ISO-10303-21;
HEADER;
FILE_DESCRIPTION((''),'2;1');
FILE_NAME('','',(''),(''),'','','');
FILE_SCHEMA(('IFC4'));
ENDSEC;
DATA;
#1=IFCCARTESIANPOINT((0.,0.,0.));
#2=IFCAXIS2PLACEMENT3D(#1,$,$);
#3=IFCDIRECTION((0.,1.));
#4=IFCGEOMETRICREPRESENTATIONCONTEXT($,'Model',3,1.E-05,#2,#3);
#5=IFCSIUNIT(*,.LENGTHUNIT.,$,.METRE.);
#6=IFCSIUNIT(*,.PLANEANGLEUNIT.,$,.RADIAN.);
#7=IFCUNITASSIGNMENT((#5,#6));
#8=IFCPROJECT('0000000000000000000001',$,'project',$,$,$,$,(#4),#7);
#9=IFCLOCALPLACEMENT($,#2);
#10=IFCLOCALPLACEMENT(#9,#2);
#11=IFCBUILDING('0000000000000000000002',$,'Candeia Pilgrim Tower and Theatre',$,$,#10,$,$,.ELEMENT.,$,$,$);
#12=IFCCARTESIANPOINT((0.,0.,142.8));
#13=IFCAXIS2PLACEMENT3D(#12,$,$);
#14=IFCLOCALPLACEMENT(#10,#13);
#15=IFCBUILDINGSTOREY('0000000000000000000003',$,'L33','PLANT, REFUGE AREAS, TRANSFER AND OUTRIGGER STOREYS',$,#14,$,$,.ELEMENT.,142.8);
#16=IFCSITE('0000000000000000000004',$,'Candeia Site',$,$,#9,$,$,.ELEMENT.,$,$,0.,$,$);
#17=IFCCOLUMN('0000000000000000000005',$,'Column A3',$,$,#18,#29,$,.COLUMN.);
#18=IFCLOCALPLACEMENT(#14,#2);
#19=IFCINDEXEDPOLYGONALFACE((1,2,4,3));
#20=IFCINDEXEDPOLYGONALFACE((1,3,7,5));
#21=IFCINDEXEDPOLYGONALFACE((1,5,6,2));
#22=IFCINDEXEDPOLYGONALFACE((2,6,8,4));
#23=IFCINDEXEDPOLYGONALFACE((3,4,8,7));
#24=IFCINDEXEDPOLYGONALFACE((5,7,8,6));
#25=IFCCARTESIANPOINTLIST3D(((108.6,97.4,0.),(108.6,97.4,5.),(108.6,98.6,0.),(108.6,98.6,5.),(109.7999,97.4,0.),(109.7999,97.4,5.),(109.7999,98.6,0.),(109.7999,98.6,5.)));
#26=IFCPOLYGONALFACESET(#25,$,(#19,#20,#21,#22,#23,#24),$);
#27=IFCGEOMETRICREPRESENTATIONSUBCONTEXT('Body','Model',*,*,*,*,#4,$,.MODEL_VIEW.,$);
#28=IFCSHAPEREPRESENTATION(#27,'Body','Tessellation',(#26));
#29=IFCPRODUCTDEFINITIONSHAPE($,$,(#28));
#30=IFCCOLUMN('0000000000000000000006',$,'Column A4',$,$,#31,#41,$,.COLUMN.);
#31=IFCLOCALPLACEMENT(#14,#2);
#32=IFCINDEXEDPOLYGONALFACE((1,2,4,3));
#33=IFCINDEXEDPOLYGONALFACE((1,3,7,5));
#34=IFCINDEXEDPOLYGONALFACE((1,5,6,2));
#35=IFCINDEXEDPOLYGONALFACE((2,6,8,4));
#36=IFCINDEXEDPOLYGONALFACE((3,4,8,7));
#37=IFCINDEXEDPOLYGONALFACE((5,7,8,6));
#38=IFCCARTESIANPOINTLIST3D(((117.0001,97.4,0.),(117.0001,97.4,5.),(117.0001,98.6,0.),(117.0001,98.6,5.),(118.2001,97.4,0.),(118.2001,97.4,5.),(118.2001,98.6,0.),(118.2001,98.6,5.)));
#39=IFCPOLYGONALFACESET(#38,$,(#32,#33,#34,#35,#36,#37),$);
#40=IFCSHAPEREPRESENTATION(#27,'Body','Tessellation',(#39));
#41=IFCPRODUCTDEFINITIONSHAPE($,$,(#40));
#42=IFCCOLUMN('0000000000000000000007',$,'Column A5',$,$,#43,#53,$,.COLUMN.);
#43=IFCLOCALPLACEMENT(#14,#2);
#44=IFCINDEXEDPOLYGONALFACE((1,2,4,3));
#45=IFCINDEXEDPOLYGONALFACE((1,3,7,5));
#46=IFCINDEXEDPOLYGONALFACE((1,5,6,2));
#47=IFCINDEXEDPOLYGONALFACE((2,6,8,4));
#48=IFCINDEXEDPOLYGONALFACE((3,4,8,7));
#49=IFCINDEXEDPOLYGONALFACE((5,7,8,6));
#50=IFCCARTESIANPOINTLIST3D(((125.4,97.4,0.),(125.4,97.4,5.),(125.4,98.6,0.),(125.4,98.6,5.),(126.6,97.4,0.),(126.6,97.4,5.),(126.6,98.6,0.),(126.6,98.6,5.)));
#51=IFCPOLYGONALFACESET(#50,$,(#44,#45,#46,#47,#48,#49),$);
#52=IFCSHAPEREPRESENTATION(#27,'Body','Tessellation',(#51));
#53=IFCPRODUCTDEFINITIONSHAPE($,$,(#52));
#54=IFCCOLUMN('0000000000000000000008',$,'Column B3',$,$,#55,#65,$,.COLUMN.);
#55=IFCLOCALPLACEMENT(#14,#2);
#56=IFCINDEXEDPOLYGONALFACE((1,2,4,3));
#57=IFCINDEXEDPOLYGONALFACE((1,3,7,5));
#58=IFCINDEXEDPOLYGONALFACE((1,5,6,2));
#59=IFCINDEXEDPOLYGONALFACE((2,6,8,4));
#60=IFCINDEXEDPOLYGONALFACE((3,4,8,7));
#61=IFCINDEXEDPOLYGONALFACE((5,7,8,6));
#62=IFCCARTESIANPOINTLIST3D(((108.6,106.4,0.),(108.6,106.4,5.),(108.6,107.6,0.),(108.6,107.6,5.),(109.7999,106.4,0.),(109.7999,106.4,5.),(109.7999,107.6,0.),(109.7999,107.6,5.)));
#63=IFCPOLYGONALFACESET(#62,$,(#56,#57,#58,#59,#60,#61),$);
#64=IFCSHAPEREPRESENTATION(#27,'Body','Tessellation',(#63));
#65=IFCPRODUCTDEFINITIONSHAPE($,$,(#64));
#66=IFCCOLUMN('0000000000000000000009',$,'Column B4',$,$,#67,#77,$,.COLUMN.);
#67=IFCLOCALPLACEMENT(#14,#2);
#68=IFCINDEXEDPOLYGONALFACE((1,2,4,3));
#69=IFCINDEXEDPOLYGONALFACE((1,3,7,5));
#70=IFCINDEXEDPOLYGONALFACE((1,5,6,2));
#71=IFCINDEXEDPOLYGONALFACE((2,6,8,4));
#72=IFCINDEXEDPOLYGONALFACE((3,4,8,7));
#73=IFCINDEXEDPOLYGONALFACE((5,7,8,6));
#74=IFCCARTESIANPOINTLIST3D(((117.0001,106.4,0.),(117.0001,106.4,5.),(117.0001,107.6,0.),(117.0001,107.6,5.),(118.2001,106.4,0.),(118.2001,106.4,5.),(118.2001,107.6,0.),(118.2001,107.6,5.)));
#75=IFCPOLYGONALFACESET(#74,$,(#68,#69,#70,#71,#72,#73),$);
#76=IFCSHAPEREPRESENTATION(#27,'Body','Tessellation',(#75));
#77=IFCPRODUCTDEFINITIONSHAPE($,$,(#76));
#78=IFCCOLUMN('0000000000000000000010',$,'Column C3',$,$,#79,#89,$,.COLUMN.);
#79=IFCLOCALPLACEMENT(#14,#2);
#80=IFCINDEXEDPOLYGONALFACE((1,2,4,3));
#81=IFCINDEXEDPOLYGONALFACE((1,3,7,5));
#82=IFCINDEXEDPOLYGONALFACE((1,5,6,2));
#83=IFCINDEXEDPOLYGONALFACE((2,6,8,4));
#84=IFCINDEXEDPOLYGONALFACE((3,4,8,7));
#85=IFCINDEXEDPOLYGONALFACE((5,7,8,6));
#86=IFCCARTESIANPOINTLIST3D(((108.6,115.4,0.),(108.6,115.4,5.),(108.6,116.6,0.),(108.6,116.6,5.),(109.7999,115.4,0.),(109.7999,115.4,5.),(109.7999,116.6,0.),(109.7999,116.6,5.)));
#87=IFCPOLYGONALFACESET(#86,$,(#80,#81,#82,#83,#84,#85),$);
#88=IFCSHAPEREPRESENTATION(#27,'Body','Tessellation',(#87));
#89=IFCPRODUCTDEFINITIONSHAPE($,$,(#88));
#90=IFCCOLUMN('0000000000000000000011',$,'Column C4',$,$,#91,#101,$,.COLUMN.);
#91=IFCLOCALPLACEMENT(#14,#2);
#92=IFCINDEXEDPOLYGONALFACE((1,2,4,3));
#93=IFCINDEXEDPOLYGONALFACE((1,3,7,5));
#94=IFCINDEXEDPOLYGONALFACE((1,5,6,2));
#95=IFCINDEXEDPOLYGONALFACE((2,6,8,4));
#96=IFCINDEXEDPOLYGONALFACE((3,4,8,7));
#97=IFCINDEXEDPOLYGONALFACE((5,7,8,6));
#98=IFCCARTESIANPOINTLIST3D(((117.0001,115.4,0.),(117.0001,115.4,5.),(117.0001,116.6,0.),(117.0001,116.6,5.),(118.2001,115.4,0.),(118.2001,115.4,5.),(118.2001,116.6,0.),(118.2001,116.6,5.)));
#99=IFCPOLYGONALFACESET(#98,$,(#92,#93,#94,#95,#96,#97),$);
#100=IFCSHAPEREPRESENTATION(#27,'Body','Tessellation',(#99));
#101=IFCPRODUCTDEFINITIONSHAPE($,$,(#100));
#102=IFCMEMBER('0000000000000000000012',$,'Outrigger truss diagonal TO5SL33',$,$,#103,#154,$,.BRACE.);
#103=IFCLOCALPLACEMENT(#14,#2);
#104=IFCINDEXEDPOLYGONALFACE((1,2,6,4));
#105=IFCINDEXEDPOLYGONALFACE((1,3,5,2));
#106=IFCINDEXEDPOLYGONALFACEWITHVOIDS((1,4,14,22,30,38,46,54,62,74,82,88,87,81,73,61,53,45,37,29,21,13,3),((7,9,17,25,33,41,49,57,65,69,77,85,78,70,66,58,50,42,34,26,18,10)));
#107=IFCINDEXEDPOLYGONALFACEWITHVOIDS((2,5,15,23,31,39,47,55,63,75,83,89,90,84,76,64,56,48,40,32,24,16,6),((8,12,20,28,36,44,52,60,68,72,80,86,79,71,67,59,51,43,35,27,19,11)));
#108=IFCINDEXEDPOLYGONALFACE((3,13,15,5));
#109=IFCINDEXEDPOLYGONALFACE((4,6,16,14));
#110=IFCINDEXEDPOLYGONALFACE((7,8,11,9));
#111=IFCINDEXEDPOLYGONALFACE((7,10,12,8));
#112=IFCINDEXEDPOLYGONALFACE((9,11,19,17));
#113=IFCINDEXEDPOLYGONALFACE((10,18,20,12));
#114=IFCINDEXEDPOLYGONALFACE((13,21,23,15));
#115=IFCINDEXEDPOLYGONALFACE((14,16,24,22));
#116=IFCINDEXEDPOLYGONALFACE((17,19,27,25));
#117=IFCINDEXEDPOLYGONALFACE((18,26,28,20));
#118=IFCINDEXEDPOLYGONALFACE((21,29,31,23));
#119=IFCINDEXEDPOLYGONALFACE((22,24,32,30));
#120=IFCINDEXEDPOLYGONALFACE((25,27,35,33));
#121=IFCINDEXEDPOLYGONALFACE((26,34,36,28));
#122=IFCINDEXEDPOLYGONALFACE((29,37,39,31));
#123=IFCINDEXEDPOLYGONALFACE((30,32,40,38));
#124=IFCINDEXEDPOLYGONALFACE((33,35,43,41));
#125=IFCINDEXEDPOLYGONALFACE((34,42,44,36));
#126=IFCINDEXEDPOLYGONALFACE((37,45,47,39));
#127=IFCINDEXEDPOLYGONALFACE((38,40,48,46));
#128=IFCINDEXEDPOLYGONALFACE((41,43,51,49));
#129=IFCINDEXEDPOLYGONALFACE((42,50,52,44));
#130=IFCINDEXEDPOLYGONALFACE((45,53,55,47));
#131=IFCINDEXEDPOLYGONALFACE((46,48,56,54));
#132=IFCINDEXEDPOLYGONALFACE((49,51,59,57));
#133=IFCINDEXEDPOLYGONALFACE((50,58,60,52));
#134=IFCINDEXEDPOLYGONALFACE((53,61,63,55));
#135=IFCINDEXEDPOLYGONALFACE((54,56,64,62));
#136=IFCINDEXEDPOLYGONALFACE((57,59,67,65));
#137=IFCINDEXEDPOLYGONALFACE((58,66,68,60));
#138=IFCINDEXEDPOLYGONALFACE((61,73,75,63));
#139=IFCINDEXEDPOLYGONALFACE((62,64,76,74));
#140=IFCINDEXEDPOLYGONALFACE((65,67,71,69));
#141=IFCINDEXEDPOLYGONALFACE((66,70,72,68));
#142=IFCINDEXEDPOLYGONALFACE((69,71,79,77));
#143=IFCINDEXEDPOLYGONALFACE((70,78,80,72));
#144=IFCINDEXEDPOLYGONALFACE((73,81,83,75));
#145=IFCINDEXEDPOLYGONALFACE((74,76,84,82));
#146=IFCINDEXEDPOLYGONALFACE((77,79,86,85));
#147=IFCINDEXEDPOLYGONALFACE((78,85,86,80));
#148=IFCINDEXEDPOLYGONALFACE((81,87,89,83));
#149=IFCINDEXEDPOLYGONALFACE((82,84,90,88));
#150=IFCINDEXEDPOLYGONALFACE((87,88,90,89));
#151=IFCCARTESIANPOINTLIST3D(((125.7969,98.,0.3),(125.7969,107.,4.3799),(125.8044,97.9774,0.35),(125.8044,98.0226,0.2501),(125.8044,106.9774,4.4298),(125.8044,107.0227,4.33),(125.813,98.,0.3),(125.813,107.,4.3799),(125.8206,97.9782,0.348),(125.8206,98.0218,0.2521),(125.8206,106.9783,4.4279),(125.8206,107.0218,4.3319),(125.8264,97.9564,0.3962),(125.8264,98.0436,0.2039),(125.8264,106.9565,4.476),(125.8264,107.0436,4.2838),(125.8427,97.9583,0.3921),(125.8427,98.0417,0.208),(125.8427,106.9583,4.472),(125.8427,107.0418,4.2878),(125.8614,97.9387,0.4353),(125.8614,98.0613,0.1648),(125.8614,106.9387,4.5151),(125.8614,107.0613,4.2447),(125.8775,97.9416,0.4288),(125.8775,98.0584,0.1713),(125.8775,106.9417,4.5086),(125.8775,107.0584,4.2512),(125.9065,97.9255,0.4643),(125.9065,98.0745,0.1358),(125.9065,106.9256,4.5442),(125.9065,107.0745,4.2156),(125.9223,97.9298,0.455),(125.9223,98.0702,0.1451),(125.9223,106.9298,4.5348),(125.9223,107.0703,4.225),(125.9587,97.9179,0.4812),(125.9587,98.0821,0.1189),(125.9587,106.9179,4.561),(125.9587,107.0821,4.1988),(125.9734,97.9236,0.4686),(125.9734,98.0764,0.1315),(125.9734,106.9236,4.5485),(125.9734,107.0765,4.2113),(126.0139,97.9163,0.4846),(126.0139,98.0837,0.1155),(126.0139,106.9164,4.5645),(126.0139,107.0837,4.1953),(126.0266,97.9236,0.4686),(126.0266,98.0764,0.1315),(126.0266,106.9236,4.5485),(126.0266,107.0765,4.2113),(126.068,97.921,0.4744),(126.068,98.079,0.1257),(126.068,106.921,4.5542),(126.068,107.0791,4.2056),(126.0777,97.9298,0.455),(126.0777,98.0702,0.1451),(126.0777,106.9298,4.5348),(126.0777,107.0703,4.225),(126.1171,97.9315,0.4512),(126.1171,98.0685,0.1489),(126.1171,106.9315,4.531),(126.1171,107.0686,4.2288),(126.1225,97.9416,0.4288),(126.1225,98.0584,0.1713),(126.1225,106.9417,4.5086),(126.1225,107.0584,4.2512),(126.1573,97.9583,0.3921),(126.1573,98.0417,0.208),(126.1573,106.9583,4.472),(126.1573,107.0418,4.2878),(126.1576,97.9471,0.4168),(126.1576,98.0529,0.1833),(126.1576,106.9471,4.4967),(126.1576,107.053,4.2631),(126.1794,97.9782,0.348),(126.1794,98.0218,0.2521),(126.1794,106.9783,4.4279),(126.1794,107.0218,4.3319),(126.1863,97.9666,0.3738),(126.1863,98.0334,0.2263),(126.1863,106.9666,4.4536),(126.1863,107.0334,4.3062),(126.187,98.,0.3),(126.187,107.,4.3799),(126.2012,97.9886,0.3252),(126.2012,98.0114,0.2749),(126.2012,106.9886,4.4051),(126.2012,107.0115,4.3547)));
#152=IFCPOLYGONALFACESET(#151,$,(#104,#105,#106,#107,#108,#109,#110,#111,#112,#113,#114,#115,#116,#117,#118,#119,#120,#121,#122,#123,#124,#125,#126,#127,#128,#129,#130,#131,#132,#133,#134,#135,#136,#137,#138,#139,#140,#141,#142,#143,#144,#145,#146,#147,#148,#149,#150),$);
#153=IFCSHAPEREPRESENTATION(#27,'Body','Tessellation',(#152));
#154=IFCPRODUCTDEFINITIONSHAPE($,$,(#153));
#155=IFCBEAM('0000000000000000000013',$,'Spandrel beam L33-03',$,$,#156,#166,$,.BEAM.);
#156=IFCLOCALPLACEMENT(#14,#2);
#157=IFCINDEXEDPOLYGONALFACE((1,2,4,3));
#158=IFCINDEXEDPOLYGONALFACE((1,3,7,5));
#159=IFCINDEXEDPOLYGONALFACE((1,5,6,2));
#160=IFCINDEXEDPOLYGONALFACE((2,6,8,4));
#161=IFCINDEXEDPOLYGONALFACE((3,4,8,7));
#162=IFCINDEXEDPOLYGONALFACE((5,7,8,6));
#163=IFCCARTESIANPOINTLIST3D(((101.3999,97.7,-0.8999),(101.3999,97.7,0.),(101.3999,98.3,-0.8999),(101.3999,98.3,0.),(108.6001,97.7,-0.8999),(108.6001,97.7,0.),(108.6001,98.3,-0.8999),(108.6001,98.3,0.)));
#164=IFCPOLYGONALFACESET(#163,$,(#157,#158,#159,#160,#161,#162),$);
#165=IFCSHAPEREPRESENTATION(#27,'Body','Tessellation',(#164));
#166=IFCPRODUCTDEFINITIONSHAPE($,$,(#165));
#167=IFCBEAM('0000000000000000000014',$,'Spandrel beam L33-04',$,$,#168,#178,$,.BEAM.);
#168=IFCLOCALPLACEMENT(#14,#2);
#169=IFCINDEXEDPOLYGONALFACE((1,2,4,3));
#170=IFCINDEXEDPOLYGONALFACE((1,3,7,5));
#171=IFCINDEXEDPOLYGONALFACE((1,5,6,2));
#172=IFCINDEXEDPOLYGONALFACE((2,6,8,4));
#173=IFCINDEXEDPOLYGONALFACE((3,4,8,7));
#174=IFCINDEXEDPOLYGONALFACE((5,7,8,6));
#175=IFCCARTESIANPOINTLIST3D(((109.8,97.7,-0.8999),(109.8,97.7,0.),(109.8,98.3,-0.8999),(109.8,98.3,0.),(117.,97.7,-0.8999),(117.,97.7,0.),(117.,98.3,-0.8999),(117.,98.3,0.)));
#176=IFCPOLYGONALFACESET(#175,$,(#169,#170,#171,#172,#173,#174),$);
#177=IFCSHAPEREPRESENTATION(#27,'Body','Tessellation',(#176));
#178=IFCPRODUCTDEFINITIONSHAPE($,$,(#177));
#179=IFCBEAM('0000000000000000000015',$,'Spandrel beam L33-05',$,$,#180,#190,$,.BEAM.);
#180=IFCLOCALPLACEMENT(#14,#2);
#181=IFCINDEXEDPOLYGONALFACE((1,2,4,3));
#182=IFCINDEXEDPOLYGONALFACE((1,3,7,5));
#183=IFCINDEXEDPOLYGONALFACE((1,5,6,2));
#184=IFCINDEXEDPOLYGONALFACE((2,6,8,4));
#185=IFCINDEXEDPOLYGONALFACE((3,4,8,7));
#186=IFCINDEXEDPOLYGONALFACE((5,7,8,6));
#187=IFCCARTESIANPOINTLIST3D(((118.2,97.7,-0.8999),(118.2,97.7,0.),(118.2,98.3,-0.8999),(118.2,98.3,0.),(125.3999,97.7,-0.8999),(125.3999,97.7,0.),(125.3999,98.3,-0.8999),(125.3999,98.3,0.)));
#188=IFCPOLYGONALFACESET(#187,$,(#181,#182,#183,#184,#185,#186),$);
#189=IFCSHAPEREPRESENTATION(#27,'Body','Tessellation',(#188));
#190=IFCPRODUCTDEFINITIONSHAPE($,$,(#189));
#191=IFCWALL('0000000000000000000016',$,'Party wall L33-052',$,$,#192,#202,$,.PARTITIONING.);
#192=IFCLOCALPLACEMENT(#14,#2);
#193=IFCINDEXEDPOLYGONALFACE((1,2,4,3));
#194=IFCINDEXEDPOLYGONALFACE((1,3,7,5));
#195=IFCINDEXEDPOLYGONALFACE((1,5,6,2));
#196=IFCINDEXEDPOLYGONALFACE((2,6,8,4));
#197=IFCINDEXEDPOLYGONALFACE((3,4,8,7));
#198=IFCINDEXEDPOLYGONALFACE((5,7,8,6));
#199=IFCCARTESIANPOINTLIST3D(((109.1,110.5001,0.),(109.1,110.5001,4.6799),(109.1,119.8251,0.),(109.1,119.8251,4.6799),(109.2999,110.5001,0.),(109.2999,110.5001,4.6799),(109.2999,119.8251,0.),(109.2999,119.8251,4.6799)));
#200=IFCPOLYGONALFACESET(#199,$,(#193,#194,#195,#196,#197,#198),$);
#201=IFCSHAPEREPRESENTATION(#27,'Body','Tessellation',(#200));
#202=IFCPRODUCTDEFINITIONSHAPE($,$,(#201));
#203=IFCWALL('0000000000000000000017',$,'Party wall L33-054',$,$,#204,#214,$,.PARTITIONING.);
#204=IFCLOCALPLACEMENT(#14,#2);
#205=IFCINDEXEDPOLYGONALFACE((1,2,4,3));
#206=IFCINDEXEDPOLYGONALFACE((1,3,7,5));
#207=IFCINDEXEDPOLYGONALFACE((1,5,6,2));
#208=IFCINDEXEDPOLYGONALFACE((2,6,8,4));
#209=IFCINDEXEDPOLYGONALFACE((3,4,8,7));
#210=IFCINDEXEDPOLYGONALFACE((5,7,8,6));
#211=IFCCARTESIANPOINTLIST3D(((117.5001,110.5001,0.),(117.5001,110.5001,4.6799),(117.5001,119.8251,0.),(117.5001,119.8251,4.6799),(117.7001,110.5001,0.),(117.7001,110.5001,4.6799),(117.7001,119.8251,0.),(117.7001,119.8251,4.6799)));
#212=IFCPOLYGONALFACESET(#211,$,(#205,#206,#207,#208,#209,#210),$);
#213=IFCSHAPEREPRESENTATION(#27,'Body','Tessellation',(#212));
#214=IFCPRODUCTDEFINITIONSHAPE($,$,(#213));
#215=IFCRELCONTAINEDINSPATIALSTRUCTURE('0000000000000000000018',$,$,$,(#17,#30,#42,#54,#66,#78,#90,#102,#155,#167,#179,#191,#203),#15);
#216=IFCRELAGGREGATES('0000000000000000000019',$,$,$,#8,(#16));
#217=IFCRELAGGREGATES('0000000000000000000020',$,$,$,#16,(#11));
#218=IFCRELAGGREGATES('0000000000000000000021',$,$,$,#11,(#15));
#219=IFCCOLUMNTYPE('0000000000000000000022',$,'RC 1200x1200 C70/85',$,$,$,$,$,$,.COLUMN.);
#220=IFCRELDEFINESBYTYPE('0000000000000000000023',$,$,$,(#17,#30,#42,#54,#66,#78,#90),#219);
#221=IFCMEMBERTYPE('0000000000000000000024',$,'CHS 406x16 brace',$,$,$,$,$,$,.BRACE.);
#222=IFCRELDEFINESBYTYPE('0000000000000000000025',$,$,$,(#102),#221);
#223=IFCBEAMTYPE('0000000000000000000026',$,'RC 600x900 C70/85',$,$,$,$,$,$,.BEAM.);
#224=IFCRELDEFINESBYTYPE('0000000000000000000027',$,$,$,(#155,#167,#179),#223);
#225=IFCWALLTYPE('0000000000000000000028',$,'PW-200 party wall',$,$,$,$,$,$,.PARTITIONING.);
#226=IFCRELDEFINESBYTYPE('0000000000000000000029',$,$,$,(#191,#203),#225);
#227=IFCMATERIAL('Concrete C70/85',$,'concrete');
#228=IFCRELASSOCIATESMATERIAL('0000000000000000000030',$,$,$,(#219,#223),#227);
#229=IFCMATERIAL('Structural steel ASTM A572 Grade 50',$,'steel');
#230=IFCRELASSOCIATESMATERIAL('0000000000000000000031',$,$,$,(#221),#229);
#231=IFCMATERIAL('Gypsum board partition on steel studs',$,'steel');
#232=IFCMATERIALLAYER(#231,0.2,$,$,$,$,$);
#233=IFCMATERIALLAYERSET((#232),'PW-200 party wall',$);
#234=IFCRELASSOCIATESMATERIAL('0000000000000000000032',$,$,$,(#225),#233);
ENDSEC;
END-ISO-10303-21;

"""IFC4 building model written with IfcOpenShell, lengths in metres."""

from ifc_helpers import new_model, si_unit, direction, frame, frame_2d, origin, origin_2d, place, context, subcontext, project, spatial, rectangle, hollow_circle, extrude, material, layer, layer_set, material_profile, profile_set, type_object, element, save


model = new_model("IFC4")

# Units and contexts
model_context = context("Model", 3, precision=1e-05, world=origin(), true_north=direction((0.0, 1.0)))
body_context = subcontext(model_context, "Body", "Model", "MODEL_VIEW")
ifc_project = project(units=[si_unit("LENGTHUNIT", "METRE"), si_unit("PLANEANGLEUNIT", "RADIAN")], contexts=[model_context])

# Site, building, storey
site_placement = place(None, origin())
site = spatial("IfcSite", under=ifc_project, at=site_placement, Name="Candeia Site", CompositionType="ELEMENT", RefElevation=0.0)
building_placement = place(site_placement, origin())
building = spatial("IfcBuilding", under=site, at=building_placement, Name="Candeia Pilgrim Tower and Theatre", CompositionType="ELEMENT")
storey_placement = place(building_placement, frame((0.0, 0.0, 142.8)))
storey = spatial("IfcBuildingStorey", under=building, at=storey_placement, Name="L33", Description="PLANT, REFUGE AREAS, TRANSFER AND OUTRIGGER STOREYS", CompositionType="ELEMENT", Elevation=142.8)

# Columns
ifc_material_1 = material(Name="Concrete C70/85", Category="concrete")
ifc_material_profile_1 = material_profile(ifc_material_1, rectangle(XDim=1.2, YDim=1.2, at=origin_2d()))
ifc_profile_set_1 = profile_set([ifc_material_profile_1], Name="Concrete C70/85")
column_type = type_object("IfcColumnType", Name="RC 1200x1200 C70/85", PredefinedType="COLUMN", material=ifc_profile_set_1)
for number, where, z_axis, x_axis, name in (
    (1, (109.2, 98.0, 0.0), (0.0, 0.0, 1.0), (1.0, 0.0, 0.0), "Column A3"),
    (2, (117.6001, 98.0, 0.0), (0.0, 0.0, 1.0), (1.0, 0.0, 0.0), "Column A4"),
    (3, (126.0, 98.0, 0.0), (0.0, 0.0, 1.0), (1.0, 0.0, 0.0), "Column A5"),
    (4, (109.2, 107.0, 0.0), (0.0, 0.0, 1.0), (1.0, 0.0, 0.0), "Column B3"),
    (5, (117.6001, 107.0, 0.0), (0.0, 0.0, 1.0), (1.0, 0.0, 0.0), "Column B4"),
    (6, (109.2, 116.0, 0.0), (0.0, 0.0, 1.0), (1.0, 0.0, 0.0), "Column C3"),
    (7, (117.6001, 116.0, 0.0), (0.0, 0.0, 1.0), (1.0, 0.0, 0.0), "Column C4"),
):
    element("IfcColumn", number, at=place(storey_placement, frame(where, z_axis=z_axis, x_axis=x_axis)), inside=storey, type_object=column_type, Name=name, PredefinedType="COLUMN", context=body_context, shape_type="SweptSolid", body=[
        extrude(rectangle(XDim=1.2, YDim=1.2, at=origin_2d()), origin(), (0.0, 0.0, 1.0), 5.0),
    ])

# Member
ifc_material_2 = material(Name="Structural steel ASTM A572 Grade 50", Category="steel")
ifc_material_profile_2 = material_profile(ifc_material_2, hollow_circle(Radius=0.2031, WallThickness=0.0161, at=origin_2d()))
ifc_profile_set_2 = profile_set([ifc_material_profile_2], Name="Structural steel ASTM A572 Grade 50")
member_type = type_object("IfcMemberType", Name="CHS 406x16 brace", PredefinedType="BRACE", material=ifc_profile_set_2)
member_placement = place(storey_placement, frame((126.0, 98.0, 0.3), z_axis=(0.0, 0.910788, 0.412874), x_axis=(-1.0, 0.0, 0.0)))
element("IfcMember", 8, at=member_placement, inside=storey, type_object=member_type, Name="Outrigger truss diagonal TO5SL33", PredefinedType="BRACE", context=body_context, shape_type="SweptSolid", body=[
    extrude(hollow_circle(Radius=0.2031, WallThickness=0.0161, at=origin_2d()), origin(), (0.0, 0.0, 1.0), 9.8816),
])

# Beams
ifc_material_profile_3 = material_profile(ifc_material_1, rectangle(XDim=0.6001, YDim=0.8999, at=origin_2d()))
ifc_profile_set_3 = profile_set([ifc_material_profile_3], Name="Concrete C70/85")
beam_type = type_object("IfcBeamType", Name="RC 600x900 C70/85", PredefinedType="BEAM", material=ifc_profile_set_3)
beam_placement = place(storey_placement, frame((101.3999, 98.0, -0.45), z_axis=(1.0, 0.0, 0.0), x_axis=(0.0, 1.0, 0.0)))
element("IfcBeam", 9, at=beam_placement, inside=storey, type_object=beam_type, Name="Spandrel beam L33-03", PredefinedType="BEAM", context=body_context, shape_type="SweptSolid", body=[
    extrude(rectangle(XDim=0.6001, YDim=0.8999, at=origin_2d()), origin(), (0.0, 0.0, 1.0), 7.2002),
])
for number, where, z_axis, x_axis, name in (
    (10, (109.8, 98.0, -0.45), (1.0, 0.0, 0.0), (0.0, 1.0, 0.0), "Spandrel beam L33-04"),
    (11, (118.2, 98.0, -0.45), (1.0, 0.0, 0.0), (0.0, 1.0, 0.0), "Spandrel beam L33-05"),
):
    element("IfcBeam", number, at=place(storey_placement, frame(where, z_axis=z_axis, x_axis=x_axis)), inside=storey, type_object=beam_type, Name=name, PredefinedType="BEAM", context=body_context, shape_type="SweptSolid", body=[
        extrude(rectangle(XDim=0.6001, YDim=0.8999, at=origin_2d()), origin(), (0.0, 0.0, 1.0), 7.2),
    ])

# Walls
ifc_material_3 = material(Name="Gypsum board partition on steel studs", Category="steel")
ifc_layer_1 = layer(ifc_material_3, 0.2)
ifc_layer_set_1 = layer_set([ifc_layer_1], Name="PW-200 party wall")
wall_type = type_object("IfcWallType", Name="PW-200 party wall", PredefinedType="PARTITIONING", material=ifc_layer_set_1)
for number, where, z_axis, x_axis, name in (
    (12, (109.2, 110.5, 0.0), (0.0, 0.0, 1.0), (0.0, 1.0, 0.0), "Party wall L33-052"),
    (13, (117.6001, 110.5, 0.0), (0.0, 0.0, 1.0), (0.0, 1.0, 0.0), "Party wall L33-054"),
):
    element("IfcWall", number, at=place(storey_placement, frame(where, z_axis=z_axis, x_axis=x_axis)), inside=storey, type_object=wall_type, Name=name, PredefinedType="PARTITIONING", context=body_context, shape_type="SweptSolid", body=[
        extrude(rectangle(XDim=9.325, YDim=0.2, at=frame_2d((4.6626, 0.0))), origin(), (0.0, 0.0, 1.0), 4.6799),
    ])

save(model, "model.ifc")
